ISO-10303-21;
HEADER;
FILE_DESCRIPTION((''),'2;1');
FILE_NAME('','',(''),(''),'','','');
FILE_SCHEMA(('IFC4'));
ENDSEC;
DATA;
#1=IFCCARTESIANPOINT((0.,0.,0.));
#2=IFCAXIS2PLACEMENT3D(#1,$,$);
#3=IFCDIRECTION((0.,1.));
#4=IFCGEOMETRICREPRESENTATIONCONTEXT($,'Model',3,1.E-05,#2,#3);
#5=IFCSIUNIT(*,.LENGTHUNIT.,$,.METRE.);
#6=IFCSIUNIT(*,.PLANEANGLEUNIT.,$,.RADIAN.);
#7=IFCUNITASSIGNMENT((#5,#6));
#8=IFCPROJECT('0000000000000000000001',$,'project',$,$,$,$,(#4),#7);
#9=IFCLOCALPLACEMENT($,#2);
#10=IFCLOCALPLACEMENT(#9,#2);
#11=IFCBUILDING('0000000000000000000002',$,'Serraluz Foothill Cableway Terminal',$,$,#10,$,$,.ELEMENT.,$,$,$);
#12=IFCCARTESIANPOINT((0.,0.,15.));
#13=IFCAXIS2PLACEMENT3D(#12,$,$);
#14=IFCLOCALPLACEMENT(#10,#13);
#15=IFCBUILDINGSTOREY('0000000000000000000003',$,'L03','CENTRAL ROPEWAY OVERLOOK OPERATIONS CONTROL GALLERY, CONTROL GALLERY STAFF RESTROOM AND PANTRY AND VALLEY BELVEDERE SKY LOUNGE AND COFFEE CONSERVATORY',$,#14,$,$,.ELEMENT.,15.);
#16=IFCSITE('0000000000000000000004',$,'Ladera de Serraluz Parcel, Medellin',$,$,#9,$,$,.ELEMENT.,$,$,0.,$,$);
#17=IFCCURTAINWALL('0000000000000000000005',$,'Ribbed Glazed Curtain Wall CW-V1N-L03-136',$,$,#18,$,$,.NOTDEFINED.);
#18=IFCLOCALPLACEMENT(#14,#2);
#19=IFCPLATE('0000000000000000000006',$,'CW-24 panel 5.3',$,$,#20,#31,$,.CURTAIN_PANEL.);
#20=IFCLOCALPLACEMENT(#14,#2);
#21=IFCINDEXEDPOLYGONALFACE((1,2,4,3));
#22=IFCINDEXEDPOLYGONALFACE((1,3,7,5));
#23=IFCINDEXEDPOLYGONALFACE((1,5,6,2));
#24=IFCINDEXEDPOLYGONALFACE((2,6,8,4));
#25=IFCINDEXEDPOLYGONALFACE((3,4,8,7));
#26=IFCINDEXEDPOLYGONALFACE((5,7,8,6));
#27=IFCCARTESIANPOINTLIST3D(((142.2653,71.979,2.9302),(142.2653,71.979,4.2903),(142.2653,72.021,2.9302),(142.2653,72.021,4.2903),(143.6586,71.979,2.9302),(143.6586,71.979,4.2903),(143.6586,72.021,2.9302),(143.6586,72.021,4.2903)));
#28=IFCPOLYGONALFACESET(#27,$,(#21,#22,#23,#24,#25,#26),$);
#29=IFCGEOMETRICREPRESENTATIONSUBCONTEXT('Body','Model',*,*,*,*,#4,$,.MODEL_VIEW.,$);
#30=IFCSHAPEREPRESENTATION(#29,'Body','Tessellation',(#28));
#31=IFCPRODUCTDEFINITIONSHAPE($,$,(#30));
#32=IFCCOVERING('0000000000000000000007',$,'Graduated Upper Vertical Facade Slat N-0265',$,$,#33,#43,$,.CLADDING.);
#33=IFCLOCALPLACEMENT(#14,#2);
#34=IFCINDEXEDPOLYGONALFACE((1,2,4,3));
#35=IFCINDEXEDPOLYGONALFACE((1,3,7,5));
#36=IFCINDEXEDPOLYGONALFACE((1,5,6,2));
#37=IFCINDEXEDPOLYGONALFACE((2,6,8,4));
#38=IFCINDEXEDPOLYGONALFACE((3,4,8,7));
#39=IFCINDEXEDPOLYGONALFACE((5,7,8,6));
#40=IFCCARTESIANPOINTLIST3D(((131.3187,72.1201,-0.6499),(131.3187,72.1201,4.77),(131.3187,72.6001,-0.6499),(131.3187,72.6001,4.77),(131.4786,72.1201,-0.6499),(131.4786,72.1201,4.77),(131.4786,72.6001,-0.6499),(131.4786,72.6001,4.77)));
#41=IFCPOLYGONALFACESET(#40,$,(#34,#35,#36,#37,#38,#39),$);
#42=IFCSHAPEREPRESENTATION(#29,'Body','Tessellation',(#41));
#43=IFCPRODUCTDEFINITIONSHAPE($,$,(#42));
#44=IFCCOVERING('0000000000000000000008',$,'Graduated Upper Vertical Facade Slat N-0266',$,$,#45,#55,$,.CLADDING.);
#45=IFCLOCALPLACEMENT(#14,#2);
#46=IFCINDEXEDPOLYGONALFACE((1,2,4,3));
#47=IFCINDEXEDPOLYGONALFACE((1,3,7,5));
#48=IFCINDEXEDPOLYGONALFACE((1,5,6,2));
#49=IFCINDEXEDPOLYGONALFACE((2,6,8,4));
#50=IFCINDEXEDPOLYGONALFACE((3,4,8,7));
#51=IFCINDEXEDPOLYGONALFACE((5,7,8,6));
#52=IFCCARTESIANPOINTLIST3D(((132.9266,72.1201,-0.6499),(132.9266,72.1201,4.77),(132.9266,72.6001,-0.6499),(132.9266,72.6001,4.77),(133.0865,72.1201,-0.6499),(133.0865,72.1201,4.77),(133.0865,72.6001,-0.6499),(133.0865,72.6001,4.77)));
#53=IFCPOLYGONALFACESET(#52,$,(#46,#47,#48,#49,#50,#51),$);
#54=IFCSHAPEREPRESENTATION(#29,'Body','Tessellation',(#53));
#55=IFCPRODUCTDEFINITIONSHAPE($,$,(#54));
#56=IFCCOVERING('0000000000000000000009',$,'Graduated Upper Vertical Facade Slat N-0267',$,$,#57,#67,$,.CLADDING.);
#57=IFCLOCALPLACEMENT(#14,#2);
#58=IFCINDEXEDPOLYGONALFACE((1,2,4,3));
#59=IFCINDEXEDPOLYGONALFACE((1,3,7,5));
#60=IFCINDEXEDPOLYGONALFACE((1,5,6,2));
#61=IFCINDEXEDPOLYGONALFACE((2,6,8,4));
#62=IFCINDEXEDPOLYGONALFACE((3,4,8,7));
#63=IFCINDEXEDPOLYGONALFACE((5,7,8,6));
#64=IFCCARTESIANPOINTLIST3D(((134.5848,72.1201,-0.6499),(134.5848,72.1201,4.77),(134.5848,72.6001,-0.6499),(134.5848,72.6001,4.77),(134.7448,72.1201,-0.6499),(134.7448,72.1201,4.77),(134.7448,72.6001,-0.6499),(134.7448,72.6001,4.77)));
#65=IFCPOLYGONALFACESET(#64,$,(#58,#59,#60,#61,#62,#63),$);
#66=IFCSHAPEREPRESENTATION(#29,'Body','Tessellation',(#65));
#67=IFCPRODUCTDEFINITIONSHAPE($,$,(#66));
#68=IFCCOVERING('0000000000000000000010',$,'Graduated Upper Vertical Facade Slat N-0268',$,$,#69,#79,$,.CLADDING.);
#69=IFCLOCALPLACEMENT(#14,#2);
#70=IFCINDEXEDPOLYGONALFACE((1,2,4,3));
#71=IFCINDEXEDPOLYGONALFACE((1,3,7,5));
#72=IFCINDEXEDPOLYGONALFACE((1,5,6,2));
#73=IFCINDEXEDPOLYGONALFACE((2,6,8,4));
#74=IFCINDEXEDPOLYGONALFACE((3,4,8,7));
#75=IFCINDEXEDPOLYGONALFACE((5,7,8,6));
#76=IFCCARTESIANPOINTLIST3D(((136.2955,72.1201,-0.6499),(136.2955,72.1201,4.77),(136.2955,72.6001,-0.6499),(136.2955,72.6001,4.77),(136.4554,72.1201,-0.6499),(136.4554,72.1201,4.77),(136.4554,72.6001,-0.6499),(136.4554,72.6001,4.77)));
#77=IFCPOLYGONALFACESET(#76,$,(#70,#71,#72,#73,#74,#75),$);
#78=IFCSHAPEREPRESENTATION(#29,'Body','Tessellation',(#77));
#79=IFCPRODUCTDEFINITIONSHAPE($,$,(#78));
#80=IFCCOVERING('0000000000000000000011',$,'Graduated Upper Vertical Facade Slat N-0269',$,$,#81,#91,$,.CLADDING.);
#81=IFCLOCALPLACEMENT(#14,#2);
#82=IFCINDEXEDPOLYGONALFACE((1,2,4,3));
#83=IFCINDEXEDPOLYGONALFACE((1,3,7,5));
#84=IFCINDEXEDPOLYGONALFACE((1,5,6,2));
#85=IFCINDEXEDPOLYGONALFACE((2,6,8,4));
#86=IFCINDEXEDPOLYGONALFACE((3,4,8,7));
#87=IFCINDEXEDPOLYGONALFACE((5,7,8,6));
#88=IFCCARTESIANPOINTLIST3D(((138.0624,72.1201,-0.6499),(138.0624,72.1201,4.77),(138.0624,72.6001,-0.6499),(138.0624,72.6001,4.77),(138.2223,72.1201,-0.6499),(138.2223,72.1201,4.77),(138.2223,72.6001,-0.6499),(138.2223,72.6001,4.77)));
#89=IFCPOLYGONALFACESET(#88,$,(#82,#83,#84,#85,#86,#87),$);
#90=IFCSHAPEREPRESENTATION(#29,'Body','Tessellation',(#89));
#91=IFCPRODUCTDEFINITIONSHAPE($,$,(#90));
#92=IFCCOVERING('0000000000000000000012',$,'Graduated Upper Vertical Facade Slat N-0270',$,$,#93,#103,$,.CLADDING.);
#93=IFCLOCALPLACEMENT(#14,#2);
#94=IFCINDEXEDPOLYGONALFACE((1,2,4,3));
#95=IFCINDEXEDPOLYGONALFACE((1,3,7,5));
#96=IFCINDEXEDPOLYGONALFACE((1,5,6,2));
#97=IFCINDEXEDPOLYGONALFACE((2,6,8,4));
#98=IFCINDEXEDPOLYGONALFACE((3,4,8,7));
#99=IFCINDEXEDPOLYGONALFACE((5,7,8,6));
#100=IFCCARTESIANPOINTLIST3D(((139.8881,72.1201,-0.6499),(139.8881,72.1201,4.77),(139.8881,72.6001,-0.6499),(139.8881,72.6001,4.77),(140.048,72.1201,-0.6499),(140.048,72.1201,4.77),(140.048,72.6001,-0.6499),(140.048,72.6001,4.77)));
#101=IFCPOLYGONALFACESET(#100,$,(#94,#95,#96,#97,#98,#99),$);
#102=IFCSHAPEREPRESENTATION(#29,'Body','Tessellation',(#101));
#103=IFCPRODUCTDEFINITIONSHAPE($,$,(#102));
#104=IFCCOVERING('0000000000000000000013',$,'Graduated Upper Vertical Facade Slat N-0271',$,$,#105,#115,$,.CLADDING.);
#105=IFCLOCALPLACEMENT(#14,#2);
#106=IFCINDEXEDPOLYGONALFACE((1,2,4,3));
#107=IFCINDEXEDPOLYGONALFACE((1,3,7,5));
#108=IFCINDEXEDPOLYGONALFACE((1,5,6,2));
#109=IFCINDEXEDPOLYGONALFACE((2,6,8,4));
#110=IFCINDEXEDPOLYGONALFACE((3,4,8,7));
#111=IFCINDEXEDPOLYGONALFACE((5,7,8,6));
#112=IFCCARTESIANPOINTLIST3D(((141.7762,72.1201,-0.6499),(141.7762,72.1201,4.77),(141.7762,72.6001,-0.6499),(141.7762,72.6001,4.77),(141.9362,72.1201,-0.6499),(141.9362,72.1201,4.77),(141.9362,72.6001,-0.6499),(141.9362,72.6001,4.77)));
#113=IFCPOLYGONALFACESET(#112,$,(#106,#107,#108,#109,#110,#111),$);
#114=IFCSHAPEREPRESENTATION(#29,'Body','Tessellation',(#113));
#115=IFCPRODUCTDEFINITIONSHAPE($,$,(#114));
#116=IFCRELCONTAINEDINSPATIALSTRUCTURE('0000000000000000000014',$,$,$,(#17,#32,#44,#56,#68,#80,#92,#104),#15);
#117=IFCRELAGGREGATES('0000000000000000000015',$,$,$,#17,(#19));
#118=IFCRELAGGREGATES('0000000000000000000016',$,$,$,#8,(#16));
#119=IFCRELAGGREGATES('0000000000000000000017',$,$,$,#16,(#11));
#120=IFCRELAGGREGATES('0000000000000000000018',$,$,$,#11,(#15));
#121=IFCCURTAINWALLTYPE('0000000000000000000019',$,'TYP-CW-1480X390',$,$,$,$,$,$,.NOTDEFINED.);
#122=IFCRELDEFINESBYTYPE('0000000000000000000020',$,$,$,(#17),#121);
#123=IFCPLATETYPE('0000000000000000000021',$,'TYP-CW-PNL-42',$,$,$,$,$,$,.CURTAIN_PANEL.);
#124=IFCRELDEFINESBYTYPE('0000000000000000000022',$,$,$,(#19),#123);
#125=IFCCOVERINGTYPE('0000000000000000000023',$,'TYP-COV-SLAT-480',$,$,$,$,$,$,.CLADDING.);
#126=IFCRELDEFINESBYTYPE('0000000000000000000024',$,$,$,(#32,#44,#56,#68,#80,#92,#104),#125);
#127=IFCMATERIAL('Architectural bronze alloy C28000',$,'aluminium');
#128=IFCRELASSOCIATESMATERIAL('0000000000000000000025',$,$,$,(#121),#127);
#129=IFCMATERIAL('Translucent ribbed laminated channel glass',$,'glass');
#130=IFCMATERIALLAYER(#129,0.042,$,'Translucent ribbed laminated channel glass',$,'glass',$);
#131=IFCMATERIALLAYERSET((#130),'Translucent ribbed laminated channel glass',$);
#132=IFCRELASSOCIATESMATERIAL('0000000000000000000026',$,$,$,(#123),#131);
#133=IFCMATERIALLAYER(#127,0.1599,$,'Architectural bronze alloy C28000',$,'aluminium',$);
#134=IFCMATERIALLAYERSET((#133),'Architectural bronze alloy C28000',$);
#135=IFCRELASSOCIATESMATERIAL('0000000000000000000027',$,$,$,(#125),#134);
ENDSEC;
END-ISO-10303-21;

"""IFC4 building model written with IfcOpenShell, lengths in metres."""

from ifc_helpers import new_model, si_unit, direction, frame, origin, origin_2d, place, context, subcontext, project, spatial, rectangle, extrude, material, layer, layer_set, type_object, element, aggregate, save


model = new_model("IFC4")

# Units and contexts
model_context = context("Model", 3, precision=1e-05, world=origin(), true_north=direction((0.0, 1.0)))
body_context = subcontext(model_context, "Body", "Model", "MODEL_VIEW")
ifc_project = project(units=[si_unit("LENGTHUNIT", "METRE"), si_unit("PLANEANGLEUNIT", "RADIAN")], contexts=[model_context])

# Site, building, storey
site_placement = place(None, origin())
site = spatial("IfcSite", under=ifc_project, at=site_placement, Name="Ladera de Serraluz Parcel, Medellin", CompositionType="ELEMENT", RefElevation=0.0)
building_placement = place(site_placement, origin())
building = spatial("IfcBuilding", under=site, at=building_placement, Name="Serraluz Foothill Cableway Terminal", CompositionType="ELEMENT")
storey_placement = place(building_placement, frame((0.0, 0.0, 15.0)))
storey = spatial("IfcBuildingStorey", under=building, at=storey_placement, Name="L03", Description="CENTRAL ROPEWAY OVERLOOK OPERATIONS CONTROL GALLERY, CONTROL GALLERY STAFF RESTROOM AND PANTRY AND VALLEY BELVEDERE SKY LOUNGE AND COFFEE CONSERVATORY", CompositionType="ELEMENT", Elevation=15.0)

# Curtain wall, plate
ifc_material_1 = material(Name="Architectural bronze alloy C28000", Category="aluminium")
curtain_wall_type = type_object("IfcCurtainWallType", Name="TYP-CW-1480X390", PredefinedType="NOTDEFINED", material=ifc_material_1)
curtain_wall_placement = place(storey_placement, origin())
curtain_wall = element("IfcCurtainWall", 1, at=curtain_wall_placement, inside=storey, type_object=curtain_wall_type, Name="Ribbed Glazed Curtain Wall CW-V1N-L03-136", PredefinedType="NOTDEFINED")
ifc_material_2 = material(Name="Translucent ribbed laminated channel glass", Category="glass")
ifc_layer_1 = layer(ifc_material_2, 0.042, Name="Translucent ribbed laminated channel glass", Category="glass")
ifc_layer_set_1 = layer_set([ifc_layer_1], Name="Translucent ribbed laminated channel glass")
plate_type = type_object("IfcPlateType", Name="TYP-CW-PNL-42", PredefinedType="CURTAIN_PANEL", material=ifc_layer_set_1)
plate_1_placement = place(storey_placement, frame((142.9619, 72.0, 2.9302), z_axis=(0.0, 0.0, 1.0), x_axis=(1.0, 0.0, 0.0)))
plate_1 = element("IfcPlate", 2, at=plate_1_placement, type_object=plate_type, Name="CW-24 panel 5.3", PredefinedType="CURTAIN_PANEL", context=body_context, shape_type="SweptSolid", body=[
    extrude(rectangle(XDim=1.3933, YDim=0.042, at=origin_2d()), origin(), (0.0, 0.0, 1.0), 1.3601),
])
aggregate(curtain_wall, [plate_1])

# Coverings
ifc_layer_2 = layer(ifc_material_1, 0.1599, Name="Architectural bronze alloy C28000", Category="aluminium")
ifc_layer_set_2 = layer_set([ifc_layer_2], Name="Architectural bronze alloy C28000")
covering_type = type_object("IfcCoveringType", Name="TYP-COV-SLAT-480", PredefinedType="CLADDING", material=ifc_layer_set_2)
for number, where, z_axis, x_axis, name in (
    (3, (131.3987, 72.3601, -0.6499), (0.0, 0.0, 1.0), (1.0, 0.0, 0.0), "Graduated Upper Vertical Facade Slat N-0265"),
    (4, (133.0066, 72.3601, -0.6499), (0.0, 0.0, 1.0), (1.0, 0.0, 0.0), "Graduated Upper Vertical Facade Slat N-0266"),
    (5, (134.6648, 72.3601, -0.6499), (0.0, 0.0, 1.0), (1.0, 0.0, 0.0), "Graduated Upper Vertical Facade Slat N-0267"),
    (6, (136.3755, 72.3601, -0.6499), (0.0, 0.0, 1.0), (1.0, 0.0, 0.0), "Graduated Upper Vertical Facade Slat N-0268"),
    (7, (138.1423, 72.3601, -0.6499), (0.0, 0.0, 1.0), (1.0, 0.0, 0.0), "Graduated Upper Vertical Facade Slat N-0269"),
    (8, (139.968, 72.3601, -0.6499), (0.0, 0.0, 1.0), (1.0, 0.0, 0.0), "Graduated Upper Vertical Facade Slat N-0270"),
    (9, (141.8562, 72.3601, -0.6499), (0.0, 0.0, 1.0), (1.0, 0.0, 0.0), "Graduated Upper Vertical Facade Slat N-0271"),
):
    element("IfcCovering", number, at=place(storey_placement, frame(where, z_axis=z_axis, x_axis=x_axis)), inside=storey, type_object=covering_type, Name=name, PredefinedType="CLADDING", context=body_context, shape_type="SweptSolid", body=[
        extrude(rectangle(XDim=0.1599, YDim=0.48, at=origin_2d()), origin(), (0.0, 0.0, 1.0), 5.4199),
    ])

save(model, "model.ifc")
